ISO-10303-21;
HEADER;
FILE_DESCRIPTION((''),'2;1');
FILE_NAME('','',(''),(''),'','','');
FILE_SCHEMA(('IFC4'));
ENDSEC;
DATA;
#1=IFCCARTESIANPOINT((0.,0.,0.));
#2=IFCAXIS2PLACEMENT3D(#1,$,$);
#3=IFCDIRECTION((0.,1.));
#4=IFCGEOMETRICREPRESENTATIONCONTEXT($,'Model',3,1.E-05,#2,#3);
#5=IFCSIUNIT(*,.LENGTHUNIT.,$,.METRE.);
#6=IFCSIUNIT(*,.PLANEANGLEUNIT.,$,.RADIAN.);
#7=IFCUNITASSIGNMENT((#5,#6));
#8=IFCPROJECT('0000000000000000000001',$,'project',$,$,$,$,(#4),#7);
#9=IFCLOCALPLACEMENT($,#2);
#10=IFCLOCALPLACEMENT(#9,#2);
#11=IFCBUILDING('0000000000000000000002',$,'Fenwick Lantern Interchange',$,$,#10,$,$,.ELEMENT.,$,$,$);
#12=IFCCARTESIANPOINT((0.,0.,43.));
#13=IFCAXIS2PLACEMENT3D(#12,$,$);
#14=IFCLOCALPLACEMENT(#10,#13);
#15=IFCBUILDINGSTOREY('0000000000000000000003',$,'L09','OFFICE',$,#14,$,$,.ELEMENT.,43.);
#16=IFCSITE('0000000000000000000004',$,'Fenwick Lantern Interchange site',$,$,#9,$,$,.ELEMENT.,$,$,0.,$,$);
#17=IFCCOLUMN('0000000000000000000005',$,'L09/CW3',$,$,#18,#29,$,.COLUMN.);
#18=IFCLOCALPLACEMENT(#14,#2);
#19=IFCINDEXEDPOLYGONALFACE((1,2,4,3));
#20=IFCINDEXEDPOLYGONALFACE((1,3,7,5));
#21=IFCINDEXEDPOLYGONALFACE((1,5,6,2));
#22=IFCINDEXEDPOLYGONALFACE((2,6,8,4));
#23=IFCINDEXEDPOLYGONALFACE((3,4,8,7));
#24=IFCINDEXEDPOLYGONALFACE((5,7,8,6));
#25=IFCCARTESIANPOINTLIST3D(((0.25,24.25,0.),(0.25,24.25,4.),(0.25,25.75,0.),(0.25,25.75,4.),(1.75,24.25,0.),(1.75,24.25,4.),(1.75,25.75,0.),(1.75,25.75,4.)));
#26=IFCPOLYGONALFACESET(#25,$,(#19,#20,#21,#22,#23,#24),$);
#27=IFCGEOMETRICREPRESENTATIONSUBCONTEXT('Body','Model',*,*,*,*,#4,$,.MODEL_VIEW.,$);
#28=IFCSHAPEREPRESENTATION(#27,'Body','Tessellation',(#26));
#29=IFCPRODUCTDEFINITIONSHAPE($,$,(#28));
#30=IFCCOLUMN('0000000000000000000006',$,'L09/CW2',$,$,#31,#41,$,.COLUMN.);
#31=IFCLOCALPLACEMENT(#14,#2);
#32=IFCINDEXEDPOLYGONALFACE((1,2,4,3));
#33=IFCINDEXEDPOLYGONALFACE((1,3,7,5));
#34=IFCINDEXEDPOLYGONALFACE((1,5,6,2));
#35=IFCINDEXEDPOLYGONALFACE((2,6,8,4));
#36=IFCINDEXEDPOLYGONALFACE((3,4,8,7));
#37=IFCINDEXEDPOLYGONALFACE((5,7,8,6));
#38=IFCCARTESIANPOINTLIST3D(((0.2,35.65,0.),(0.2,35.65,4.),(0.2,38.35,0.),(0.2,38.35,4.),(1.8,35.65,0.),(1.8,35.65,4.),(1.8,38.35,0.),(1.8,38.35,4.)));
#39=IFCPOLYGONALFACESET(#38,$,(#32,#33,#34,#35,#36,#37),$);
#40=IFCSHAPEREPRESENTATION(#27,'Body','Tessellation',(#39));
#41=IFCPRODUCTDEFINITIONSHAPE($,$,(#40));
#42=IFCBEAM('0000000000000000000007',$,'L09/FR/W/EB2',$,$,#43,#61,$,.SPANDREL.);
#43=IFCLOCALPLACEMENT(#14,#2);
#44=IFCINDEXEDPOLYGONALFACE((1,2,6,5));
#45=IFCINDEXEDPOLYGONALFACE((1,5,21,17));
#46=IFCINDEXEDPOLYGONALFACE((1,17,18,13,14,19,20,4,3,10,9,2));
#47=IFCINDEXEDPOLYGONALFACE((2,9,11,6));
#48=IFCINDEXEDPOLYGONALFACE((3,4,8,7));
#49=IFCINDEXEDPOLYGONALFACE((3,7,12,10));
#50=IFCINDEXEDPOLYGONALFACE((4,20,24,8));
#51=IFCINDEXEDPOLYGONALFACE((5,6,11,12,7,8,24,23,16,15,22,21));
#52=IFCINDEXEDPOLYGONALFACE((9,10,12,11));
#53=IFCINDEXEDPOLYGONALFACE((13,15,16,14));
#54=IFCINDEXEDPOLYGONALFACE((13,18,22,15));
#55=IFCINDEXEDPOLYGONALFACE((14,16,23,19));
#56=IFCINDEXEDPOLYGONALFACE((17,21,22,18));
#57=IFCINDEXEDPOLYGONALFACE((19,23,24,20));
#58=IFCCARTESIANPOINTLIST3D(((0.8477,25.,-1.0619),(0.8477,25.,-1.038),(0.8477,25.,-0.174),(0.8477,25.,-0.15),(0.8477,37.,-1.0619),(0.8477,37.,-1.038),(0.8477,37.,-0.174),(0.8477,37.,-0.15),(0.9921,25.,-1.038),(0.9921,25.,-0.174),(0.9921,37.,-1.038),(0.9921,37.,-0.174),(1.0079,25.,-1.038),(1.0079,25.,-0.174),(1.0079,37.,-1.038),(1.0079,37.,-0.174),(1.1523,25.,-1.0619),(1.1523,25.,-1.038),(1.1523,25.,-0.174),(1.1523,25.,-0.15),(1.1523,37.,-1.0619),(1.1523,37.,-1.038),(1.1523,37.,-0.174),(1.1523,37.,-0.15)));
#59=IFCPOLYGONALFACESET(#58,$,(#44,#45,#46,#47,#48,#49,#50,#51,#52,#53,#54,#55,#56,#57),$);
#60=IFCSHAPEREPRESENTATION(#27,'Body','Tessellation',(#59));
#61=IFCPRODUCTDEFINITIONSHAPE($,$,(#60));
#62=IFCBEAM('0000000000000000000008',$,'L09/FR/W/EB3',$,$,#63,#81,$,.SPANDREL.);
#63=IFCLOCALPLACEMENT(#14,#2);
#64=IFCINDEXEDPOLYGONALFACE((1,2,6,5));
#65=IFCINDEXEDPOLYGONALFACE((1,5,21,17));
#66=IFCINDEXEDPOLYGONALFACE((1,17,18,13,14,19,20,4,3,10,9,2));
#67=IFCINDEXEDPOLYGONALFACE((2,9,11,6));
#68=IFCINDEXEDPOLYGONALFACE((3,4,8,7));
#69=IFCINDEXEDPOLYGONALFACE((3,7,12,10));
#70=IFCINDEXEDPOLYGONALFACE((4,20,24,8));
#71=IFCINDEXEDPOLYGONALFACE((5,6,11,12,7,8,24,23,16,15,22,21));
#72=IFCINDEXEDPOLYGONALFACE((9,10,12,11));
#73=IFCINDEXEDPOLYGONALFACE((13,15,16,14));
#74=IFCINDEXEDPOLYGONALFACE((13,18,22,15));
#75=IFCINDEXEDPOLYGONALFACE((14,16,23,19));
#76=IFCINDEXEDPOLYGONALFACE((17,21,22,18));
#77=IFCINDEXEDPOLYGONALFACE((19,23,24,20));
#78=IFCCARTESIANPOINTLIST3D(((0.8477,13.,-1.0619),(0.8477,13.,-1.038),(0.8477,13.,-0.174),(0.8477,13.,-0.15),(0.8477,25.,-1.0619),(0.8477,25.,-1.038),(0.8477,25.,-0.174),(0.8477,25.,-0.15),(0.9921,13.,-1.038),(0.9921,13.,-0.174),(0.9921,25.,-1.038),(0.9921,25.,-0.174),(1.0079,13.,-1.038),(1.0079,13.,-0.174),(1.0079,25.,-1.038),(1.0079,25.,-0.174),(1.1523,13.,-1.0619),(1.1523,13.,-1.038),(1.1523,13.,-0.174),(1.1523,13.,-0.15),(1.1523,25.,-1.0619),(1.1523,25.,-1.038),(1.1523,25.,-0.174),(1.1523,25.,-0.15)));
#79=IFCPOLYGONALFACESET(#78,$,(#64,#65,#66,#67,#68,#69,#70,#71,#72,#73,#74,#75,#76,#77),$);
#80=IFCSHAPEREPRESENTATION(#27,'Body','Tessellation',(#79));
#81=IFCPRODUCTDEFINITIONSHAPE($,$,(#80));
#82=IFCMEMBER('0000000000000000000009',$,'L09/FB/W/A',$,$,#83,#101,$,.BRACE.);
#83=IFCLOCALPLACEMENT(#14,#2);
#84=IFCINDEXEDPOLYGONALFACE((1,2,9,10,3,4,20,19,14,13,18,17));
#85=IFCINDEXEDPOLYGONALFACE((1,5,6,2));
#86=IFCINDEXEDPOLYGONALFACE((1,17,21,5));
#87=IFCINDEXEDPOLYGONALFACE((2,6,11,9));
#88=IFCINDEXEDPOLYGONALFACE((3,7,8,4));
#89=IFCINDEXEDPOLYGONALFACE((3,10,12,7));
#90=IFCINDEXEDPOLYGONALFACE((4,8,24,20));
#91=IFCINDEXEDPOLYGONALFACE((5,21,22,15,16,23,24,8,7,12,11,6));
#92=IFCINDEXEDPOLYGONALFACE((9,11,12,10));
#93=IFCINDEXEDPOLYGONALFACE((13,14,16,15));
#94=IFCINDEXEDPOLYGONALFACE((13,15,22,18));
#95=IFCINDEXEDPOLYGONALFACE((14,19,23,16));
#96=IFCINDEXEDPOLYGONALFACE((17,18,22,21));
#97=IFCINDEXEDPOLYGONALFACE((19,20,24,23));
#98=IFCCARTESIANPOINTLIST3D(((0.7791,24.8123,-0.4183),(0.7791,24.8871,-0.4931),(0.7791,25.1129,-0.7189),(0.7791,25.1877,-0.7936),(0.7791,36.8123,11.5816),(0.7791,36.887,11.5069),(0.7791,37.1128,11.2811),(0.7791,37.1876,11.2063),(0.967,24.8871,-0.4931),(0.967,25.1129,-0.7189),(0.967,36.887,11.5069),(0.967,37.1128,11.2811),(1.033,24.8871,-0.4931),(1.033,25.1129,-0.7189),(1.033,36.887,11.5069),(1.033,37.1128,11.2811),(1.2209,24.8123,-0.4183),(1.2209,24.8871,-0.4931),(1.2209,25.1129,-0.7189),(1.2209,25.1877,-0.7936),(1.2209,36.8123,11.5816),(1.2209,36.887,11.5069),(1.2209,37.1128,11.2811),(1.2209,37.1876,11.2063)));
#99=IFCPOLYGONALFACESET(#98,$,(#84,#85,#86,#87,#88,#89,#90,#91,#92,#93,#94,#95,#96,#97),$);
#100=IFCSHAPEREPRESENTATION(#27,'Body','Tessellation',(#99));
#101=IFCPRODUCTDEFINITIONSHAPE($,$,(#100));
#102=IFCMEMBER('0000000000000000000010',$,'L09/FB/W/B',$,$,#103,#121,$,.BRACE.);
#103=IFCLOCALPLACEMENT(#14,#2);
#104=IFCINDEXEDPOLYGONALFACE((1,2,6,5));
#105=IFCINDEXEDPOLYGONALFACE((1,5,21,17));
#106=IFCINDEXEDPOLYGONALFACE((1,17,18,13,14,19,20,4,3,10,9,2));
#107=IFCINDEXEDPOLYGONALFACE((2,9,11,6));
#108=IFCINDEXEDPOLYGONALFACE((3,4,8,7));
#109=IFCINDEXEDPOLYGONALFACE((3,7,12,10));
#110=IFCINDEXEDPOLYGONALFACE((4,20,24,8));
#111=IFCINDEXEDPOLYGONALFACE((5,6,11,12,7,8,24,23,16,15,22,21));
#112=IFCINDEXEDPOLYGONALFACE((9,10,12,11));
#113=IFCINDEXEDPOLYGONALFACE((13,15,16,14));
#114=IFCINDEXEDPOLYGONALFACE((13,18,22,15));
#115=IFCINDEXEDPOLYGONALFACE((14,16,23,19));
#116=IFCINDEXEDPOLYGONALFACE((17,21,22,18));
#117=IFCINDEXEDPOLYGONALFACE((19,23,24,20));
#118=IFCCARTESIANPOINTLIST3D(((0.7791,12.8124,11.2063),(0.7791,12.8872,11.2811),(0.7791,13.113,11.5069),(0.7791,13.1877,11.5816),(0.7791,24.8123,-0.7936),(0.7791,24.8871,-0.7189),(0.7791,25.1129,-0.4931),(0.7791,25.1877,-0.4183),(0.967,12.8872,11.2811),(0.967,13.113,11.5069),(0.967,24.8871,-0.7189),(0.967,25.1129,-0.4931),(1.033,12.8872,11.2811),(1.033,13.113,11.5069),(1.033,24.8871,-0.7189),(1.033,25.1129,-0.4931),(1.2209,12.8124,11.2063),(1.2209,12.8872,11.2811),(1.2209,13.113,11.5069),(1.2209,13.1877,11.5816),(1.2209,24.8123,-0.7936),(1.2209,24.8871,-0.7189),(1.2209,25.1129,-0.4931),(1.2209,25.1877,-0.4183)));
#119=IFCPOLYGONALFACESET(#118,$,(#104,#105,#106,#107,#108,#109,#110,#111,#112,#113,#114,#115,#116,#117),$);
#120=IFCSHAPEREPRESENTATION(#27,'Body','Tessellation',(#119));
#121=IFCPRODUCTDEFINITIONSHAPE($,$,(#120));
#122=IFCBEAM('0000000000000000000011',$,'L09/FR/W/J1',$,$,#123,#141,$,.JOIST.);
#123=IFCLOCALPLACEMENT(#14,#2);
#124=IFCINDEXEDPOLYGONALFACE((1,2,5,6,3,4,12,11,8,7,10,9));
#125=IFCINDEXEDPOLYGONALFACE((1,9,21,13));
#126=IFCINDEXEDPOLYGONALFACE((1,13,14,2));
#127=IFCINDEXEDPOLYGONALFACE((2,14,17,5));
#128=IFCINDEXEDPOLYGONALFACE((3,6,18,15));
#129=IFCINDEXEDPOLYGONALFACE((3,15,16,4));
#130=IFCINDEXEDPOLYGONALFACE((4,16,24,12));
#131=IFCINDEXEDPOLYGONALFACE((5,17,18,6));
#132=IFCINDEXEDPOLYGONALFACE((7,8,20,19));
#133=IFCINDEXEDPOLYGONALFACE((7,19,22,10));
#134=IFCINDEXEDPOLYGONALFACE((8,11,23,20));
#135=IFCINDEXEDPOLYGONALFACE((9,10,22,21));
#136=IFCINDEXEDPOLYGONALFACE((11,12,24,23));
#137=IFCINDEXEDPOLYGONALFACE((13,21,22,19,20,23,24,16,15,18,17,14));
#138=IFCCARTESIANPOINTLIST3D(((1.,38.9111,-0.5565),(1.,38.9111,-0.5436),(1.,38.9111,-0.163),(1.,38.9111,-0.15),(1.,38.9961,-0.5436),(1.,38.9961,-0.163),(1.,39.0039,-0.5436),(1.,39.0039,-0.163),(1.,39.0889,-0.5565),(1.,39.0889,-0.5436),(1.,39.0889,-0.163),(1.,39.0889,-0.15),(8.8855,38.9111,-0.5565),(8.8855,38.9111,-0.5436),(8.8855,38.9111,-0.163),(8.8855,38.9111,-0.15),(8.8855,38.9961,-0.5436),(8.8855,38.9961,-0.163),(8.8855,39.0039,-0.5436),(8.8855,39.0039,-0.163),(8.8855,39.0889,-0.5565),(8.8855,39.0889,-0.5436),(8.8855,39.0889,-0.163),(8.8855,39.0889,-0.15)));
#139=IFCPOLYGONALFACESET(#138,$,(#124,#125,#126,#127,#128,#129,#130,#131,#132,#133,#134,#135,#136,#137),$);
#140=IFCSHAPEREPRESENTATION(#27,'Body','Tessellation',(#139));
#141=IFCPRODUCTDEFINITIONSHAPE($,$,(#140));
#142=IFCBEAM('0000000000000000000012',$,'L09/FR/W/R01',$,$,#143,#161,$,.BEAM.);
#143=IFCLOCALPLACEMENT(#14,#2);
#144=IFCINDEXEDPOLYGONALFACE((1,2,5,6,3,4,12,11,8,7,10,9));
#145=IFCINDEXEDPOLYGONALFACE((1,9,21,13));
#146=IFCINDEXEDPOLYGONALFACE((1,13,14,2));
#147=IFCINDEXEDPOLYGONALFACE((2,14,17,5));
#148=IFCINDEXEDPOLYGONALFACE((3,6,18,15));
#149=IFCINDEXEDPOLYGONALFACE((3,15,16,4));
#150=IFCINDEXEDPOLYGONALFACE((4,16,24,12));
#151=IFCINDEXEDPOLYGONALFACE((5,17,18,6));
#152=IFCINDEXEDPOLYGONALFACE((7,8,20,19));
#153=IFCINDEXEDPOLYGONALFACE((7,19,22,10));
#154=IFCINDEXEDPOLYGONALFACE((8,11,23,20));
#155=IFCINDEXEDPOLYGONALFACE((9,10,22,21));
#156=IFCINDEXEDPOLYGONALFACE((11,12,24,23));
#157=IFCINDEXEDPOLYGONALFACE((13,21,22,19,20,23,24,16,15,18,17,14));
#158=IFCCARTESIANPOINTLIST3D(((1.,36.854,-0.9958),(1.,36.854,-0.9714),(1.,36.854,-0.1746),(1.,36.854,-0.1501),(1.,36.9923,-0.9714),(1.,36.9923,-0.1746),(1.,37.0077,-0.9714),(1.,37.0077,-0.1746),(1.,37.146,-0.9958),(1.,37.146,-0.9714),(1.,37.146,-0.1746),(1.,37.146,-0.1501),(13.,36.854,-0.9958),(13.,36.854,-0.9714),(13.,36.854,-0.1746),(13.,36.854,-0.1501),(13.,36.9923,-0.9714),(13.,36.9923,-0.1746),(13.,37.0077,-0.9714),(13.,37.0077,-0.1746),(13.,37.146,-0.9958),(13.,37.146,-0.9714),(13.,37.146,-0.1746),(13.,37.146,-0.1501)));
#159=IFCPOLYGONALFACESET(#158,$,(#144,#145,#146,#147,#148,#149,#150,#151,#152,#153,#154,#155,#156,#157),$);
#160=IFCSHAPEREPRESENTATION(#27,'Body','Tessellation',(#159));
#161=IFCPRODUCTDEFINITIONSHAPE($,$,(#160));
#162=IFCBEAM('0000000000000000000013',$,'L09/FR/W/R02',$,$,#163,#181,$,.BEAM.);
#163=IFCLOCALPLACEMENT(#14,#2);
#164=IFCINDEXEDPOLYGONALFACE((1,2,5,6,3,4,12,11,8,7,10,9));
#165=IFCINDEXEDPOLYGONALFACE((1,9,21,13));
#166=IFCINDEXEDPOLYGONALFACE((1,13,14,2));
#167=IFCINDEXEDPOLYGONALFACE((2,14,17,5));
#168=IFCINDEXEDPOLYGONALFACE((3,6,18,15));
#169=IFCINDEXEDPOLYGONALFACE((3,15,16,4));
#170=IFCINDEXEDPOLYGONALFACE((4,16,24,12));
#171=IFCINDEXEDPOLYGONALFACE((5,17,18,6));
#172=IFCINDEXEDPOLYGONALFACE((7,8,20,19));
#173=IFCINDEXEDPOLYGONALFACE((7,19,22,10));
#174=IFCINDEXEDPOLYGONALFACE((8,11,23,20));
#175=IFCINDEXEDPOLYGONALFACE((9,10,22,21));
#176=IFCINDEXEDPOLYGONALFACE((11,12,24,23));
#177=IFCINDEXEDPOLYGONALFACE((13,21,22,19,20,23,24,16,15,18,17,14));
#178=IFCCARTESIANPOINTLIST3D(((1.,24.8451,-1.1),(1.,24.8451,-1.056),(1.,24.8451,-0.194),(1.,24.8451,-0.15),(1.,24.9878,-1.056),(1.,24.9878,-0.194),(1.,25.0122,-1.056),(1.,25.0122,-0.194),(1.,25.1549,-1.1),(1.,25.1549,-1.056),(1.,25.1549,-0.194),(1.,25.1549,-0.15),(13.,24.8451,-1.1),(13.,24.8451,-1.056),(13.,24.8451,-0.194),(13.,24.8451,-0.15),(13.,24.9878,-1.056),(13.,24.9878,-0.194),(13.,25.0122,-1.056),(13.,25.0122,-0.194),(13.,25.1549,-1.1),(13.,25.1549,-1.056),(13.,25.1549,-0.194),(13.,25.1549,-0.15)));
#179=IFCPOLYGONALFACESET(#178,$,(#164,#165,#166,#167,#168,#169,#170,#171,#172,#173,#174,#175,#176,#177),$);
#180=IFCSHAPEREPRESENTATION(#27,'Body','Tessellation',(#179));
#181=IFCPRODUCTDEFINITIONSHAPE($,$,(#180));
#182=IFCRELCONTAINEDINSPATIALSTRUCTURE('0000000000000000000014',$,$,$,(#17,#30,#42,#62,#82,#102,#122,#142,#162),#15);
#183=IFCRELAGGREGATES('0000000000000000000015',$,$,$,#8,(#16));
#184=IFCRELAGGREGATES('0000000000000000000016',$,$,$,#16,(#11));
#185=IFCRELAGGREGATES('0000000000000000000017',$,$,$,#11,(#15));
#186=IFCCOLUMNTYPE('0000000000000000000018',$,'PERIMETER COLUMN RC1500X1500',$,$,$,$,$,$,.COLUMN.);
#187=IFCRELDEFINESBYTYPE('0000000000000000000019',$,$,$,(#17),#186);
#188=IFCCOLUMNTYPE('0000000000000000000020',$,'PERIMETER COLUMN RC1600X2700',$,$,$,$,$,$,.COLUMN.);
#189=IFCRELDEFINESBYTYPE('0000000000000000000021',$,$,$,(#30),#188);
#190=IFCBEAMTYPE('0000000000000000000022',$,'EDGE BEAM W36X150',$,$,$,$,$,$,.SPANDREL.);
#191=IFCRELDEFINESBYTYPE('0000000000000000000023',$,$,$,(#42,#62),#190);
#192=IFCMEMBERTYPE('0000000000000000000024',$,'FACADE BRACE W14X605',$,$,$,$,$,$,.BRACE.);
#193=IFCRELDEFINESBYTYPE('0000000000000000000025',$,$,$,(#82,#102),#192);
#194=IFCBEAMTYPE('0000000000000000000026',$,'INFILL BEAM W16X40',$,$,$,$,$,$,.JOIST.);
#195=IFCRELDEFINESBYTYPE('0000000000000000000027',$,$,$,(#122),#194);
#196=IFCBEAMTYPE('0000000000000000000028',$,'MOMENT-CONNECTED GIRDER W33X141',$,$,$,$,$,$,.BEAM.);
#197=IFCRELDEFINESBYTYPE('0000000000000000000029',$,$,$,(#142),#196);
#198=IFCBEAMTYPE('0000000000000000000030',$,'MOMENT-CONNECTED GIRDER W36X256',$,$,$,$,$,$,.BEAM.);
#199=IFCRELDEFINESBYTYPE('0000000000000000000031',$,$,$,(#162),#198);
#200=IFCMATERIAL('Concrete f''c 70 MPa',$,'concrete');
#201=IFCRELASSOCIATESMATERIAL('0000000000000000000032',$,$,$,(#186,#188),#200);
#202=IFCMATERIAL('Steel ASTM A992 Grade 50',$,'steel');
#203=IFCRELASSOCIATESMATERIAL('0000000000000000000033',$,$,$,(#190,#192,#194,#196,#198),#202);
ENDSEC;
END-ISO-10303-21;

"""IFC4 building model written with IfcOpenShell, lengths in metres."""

from ifc_helpers import new_model, si_unit, direction, frame, origin, origin_2d, place, context, subcontext, project, spatial, rectangle, i_section, extrude, material, material_profile, profile_set, type_object, element, save


model = new_model("IFC4")

# Units and contexts
model_context = context("Model", 3, precision=1e-05, world=origin(), true_north=direction((0.0, 1.0)))
body_context = subcontext(model_context, "Body", "Model", "MODEL_VIEW")
ifc_project = project(units=[si_unit("LENGTHUNIT", "METRE"), si_unit("PLANEANGLEUNIT", "RADIAN")], contexts=[model_context])

# Site, building, storey
site_placement = place(None, origin())
site = spatial("IfcSite", under=ifc_project, at=site_placement, Name="Fenwick Lantern Interchange site", CompositionType="ELEMENT", RefElevation=0.0)
building_placement = place(site_placement, origin())
building = spatial("IfcBuilding", under=site, at=building_placement, Name="Fenwick Lantern Interchange", CompositionType="ELEMENT")
storey_placement = place(building_placement, frame((0.0, 0.0, 43.0)))
storey = spatial("IfcBuildingStorey", under=building, at=storey_placement, Name="L09", Description="OFFICE", CompositionType="ELEMENT", Elevation=43.0)

# Columns
ifc_material_1 = material(Name="Concrete f'c 70 MPa", Category="concrete")
ifc_material_profile_1 = material_profile(ifc_material_1, rectangle(XDim=1.5, YDim=1.5, at=origin_2d()), Name="RC1500X1500")
ifc_profile_set_1 = profile_set([ifc_material_profile_1], Name="Concrete f'c 70 MPa")
column_type_1 = type_object("IfcColumnType", Name="PERIMETER COLUMN RC1500X1500", PredefinedType="COLUMN", material=ifc_profile_set_1)
column_1_placement = place(storey_placement, frame((1.0, 25.0, 0.0), z_axis=(0.0, 0.0, 1.0), x_axis=(1.0, 0.0, 0.0)))
element("IfcColumn", 1, at=column_1_placement, inside=storey, type_object=column_type_1, Name="L09/CW3", PredefinedType="COLUMN", context=body_context, shape_type="SweptSolid", body=[
    extrude(rectangle(XDim=1.5, YDim=1.5, at=origin_2d()), origin(), (0.0, 0.0, 1.0), 4.0),
])
ifc_material_profile_2 = material_profile(ifc_material_1, rectangle(XDim=1.6001, YDim=2.7, at=origin_2d()), Name="RC1600X2700")
ifc_profile_set_2 = profile_set([ifc_material_profile_2], Name="Concrete f'c 70 MPa")
column_type_2 = type_object("IfcColumnType", Name="PERIMETER COLUMN RC1600X2700", PredefinedType="COLUMN", material=ifc_profile_set_2)
column_2_placement = place(storey_placement, frame((1.0, 37.0, 0.0), z_axis=(0.0, 0.0, 1.0), x_axis=(1.0, 0.0, 0.0)))
element("IfcColumn", 2, at=column_2_placement, inside=storey, type_object=column_type_2, Name="L09/CW2", PredefinedType="COLUMN", context=body_context, shape_type="SweptSolid", body=[
    extrude(rectangle(XDim=1.6001, YDim=2.7, at=origin_2d()), origin(), (0.0, 0.0, 1.0), 4.0),
])

# Beams
ifc_material_2 = material(Name="Steel ASTM A992 Grade 50", Category="steel")
ifc_material_profile_3 = material_profile(ifc_material_2, i_section(OverallWidth=0.3047, OverallDepth=0.9119, WebThickness=0.0159, FlangeThickness=0.0239, at=origin_2d()), Name="W36X150")
ifc_profile_set_3 = profile_set([ifc_material_profile_3], Name="Steel ASTM A992 Grade 50")
beam_type_1 = type_object("IfcBeamType", Name="EDGE BEAM W36X150", PredefinedType="SPANDREL", material=ifc_profile_set_3)
for number, where, z_axis, x_axis, name in (
    (3, (1.0, 37.0, -0.606), (0.0, -1.0, 0.0), (1.0, 0.0, 0.0), "L09/FR/W/EB2"),
    (4, (1.0, 25.0, -0.606), (0.0, -1.0, 0.0), (1.0, 0.0, 0.0), "L09/FR/W/EB3"),
):
    element("IfcBeam", number, at=place(storey_placement, frame(where, z_axis=z_axis, x_axis=x_axis)), inside=storey, type_object=beam_type_1, Name=name, PredefinedType="SPANDREL", context=body_context, shape_type="SweptSolid", body=[
        extrude(i_section(OverallWidth=0.3047, OverallDepth=0.9119, WebThickness=0.0159, FlangeThickness=0.0239, at=origin_2d()), origin(), (0.0, 0.0, 1.0), 12.0),
    ])

# Members
ifc_material_profile_4 = material_profile(ifc_material_2, i_section(OverallWidth=0.4419, OverallDepth=0.5308, WebThickness=0.0659, FlangeThickness=0.1057, at=origin_2d()), Name="W14X605")
ifc_profile_set_4 = profile_set([ifc_material_profile_4], Name="Steel ASTM A992 Grade 50")
member_type_1 = type_object("IfcMemberType", Name="FACADE BRACE W14X605", PredefinedType="BRACE", material=ifc_profile_set_4)
for number, where, z_axis, x_axis, name in (
    (5, (1.0, 25.0, -0.606), (0.0, 0.707107, 0.707107), (-1.0, 0.0, 0.0), "L09/FB/W/A"),
    (6, (1.0, 25.0, -0.606), (0.0, -0.707107, 0.707107), (1.0, 0.0, 0.0), "L09/FB/W/B"),
):
    element("IfcMember", number, at=place(storey_placement, frame(where, z_axis=z_axis, x_axis=x_axis)), inside=storey, type_object=member_type_1, Name=name, PredefinedType="BRACE", context=body_context, shape_type="SweptSolid", body=[
        extrude(i_section(OverallWidth=0.4419, OverallDepth=0.5308, WebThickness=0.0659, FlangeThickness=0.1057, at=origin_2d()), origin(), (0.0, 0.0, 1.0), 16.9705),
    ])

# Beams
ifc_material_profile_5 = material_profile(ifc_material_2, i_section(OverallWidth=0.1777, OverallDepth=0.4065, WebThickness=0.0078, FlangeThickness=0.0129, at=origin_2d()), Name="W16X40")
ifc_profile_set_5 = profile_set([ifc_material_profile_5], Name="Steel ASTM A992 Grade 50")
beam_type_2 = type_object("IfcBeamType", Name="INFILL BEAM W16X40", PredefinedType="JOIST", material=ifc_profile_set_5)
beam_1_placement = place(storey_placement, frame((1.0, 39.0, -0.3533), z_axis=(1.0, 0.0, 0.0), x_axis=(0.0, 1.0, 0.0)))
element("IfcBeam", 7, at=beam_1_placement, inside=storey, type_object=beam_type_2, Name="L09/FR/W/J1", PredefinedType="JOIST", context=body_context, shape_type="SweptSolid", body=[
    extrude(i_section(OverallWidth=0.1777, OverallDepth=0.4065, WebThickness=0.0078, FlangeThickness=0.0129, at=origin_2d()), origin(), (0.0, 0.0, 1.0), 7.8855),
])
ifc_material_profile_6 = material_profile(ifc_material_2, i_section(OverallWidth=0.292, OverallDepth=0.8457, WebThickness=0.0154, FlangeThickness=0.0244, at=origin_2d()), Name="W33X141")
ifc_profile_set_6 = profile_set([ifc_material_profile_6], Name="Steel ASTM A992 Grade 50")
beam_type_3 = type_object("IfcBeamType", Name="MOMENT-CONNECTED GIRDER W33X141", PredefinedType="BEAM", material=ifc_profile_set_6)
beam_2_placement = place(storey_placement, frame((1.0, 37.0, -0.573), z_axis=(1.0, 0.0, 0.0), x_axis=(0.0, 1.0, 0.0)))
element("IfcBeam", 8, at=beam_2_placement, inside=storey, type_object=beam_type_3, Name="L09/FR/W/R01", PredefinedType="BEAM", context=body_context, shape_type="SweptSolid", body=[
    extrude(i_section(OverallWidth=0.292, OverallDepth=0.8457, WebThickness=0.0154, FlangeThickness=0.0244, at=origin_2d()), origin(), (0.0, 0.0, 1.0), 12.0),
])
ifc_material_profile_7 = material_profile(ifc_material_2, i_section(OverallWidth=0.3098, OverallDepth=0.95, WebThickness=0.0244, FlangeThickness=0.0439, at=origin_2d()), Name="W36X256")
ifc_profile_set_7 = profile_set([ifc_material_profile_7], Name="Steel ASTM A992 Grade 50")
beam_type_4 = type_object("IfcBeamType", Name="MOMENT-CONNECTED GIRDER W36X256", PredefinedType="BEAM", material=ifc_profile_set_7)
beam_3_placement = place(storey_placement, frame((1.0, 25.0, -0.625), z_axis=(1.0, 0.0, 0.0), x_axis=(0.0, 1.0, 0.0)))
element("IfcBeam", 9, at=beam_3_placement, inside=storey, type_object=beam_type_4, Name="L09/FR/W/R02", PredefinedType="BEAM", context=body_context, shape_type="SweptSolid", body=[
    extrude(i_section(OverallWidth=0.3098, OverallDepth=0.95, WebThickness=0.0244, FlangeThickness=0.0439, at=origin_2d()), origin(), (0.0, 0.0, 1.0), 12.0),
])

save(model, "model.ifc")
